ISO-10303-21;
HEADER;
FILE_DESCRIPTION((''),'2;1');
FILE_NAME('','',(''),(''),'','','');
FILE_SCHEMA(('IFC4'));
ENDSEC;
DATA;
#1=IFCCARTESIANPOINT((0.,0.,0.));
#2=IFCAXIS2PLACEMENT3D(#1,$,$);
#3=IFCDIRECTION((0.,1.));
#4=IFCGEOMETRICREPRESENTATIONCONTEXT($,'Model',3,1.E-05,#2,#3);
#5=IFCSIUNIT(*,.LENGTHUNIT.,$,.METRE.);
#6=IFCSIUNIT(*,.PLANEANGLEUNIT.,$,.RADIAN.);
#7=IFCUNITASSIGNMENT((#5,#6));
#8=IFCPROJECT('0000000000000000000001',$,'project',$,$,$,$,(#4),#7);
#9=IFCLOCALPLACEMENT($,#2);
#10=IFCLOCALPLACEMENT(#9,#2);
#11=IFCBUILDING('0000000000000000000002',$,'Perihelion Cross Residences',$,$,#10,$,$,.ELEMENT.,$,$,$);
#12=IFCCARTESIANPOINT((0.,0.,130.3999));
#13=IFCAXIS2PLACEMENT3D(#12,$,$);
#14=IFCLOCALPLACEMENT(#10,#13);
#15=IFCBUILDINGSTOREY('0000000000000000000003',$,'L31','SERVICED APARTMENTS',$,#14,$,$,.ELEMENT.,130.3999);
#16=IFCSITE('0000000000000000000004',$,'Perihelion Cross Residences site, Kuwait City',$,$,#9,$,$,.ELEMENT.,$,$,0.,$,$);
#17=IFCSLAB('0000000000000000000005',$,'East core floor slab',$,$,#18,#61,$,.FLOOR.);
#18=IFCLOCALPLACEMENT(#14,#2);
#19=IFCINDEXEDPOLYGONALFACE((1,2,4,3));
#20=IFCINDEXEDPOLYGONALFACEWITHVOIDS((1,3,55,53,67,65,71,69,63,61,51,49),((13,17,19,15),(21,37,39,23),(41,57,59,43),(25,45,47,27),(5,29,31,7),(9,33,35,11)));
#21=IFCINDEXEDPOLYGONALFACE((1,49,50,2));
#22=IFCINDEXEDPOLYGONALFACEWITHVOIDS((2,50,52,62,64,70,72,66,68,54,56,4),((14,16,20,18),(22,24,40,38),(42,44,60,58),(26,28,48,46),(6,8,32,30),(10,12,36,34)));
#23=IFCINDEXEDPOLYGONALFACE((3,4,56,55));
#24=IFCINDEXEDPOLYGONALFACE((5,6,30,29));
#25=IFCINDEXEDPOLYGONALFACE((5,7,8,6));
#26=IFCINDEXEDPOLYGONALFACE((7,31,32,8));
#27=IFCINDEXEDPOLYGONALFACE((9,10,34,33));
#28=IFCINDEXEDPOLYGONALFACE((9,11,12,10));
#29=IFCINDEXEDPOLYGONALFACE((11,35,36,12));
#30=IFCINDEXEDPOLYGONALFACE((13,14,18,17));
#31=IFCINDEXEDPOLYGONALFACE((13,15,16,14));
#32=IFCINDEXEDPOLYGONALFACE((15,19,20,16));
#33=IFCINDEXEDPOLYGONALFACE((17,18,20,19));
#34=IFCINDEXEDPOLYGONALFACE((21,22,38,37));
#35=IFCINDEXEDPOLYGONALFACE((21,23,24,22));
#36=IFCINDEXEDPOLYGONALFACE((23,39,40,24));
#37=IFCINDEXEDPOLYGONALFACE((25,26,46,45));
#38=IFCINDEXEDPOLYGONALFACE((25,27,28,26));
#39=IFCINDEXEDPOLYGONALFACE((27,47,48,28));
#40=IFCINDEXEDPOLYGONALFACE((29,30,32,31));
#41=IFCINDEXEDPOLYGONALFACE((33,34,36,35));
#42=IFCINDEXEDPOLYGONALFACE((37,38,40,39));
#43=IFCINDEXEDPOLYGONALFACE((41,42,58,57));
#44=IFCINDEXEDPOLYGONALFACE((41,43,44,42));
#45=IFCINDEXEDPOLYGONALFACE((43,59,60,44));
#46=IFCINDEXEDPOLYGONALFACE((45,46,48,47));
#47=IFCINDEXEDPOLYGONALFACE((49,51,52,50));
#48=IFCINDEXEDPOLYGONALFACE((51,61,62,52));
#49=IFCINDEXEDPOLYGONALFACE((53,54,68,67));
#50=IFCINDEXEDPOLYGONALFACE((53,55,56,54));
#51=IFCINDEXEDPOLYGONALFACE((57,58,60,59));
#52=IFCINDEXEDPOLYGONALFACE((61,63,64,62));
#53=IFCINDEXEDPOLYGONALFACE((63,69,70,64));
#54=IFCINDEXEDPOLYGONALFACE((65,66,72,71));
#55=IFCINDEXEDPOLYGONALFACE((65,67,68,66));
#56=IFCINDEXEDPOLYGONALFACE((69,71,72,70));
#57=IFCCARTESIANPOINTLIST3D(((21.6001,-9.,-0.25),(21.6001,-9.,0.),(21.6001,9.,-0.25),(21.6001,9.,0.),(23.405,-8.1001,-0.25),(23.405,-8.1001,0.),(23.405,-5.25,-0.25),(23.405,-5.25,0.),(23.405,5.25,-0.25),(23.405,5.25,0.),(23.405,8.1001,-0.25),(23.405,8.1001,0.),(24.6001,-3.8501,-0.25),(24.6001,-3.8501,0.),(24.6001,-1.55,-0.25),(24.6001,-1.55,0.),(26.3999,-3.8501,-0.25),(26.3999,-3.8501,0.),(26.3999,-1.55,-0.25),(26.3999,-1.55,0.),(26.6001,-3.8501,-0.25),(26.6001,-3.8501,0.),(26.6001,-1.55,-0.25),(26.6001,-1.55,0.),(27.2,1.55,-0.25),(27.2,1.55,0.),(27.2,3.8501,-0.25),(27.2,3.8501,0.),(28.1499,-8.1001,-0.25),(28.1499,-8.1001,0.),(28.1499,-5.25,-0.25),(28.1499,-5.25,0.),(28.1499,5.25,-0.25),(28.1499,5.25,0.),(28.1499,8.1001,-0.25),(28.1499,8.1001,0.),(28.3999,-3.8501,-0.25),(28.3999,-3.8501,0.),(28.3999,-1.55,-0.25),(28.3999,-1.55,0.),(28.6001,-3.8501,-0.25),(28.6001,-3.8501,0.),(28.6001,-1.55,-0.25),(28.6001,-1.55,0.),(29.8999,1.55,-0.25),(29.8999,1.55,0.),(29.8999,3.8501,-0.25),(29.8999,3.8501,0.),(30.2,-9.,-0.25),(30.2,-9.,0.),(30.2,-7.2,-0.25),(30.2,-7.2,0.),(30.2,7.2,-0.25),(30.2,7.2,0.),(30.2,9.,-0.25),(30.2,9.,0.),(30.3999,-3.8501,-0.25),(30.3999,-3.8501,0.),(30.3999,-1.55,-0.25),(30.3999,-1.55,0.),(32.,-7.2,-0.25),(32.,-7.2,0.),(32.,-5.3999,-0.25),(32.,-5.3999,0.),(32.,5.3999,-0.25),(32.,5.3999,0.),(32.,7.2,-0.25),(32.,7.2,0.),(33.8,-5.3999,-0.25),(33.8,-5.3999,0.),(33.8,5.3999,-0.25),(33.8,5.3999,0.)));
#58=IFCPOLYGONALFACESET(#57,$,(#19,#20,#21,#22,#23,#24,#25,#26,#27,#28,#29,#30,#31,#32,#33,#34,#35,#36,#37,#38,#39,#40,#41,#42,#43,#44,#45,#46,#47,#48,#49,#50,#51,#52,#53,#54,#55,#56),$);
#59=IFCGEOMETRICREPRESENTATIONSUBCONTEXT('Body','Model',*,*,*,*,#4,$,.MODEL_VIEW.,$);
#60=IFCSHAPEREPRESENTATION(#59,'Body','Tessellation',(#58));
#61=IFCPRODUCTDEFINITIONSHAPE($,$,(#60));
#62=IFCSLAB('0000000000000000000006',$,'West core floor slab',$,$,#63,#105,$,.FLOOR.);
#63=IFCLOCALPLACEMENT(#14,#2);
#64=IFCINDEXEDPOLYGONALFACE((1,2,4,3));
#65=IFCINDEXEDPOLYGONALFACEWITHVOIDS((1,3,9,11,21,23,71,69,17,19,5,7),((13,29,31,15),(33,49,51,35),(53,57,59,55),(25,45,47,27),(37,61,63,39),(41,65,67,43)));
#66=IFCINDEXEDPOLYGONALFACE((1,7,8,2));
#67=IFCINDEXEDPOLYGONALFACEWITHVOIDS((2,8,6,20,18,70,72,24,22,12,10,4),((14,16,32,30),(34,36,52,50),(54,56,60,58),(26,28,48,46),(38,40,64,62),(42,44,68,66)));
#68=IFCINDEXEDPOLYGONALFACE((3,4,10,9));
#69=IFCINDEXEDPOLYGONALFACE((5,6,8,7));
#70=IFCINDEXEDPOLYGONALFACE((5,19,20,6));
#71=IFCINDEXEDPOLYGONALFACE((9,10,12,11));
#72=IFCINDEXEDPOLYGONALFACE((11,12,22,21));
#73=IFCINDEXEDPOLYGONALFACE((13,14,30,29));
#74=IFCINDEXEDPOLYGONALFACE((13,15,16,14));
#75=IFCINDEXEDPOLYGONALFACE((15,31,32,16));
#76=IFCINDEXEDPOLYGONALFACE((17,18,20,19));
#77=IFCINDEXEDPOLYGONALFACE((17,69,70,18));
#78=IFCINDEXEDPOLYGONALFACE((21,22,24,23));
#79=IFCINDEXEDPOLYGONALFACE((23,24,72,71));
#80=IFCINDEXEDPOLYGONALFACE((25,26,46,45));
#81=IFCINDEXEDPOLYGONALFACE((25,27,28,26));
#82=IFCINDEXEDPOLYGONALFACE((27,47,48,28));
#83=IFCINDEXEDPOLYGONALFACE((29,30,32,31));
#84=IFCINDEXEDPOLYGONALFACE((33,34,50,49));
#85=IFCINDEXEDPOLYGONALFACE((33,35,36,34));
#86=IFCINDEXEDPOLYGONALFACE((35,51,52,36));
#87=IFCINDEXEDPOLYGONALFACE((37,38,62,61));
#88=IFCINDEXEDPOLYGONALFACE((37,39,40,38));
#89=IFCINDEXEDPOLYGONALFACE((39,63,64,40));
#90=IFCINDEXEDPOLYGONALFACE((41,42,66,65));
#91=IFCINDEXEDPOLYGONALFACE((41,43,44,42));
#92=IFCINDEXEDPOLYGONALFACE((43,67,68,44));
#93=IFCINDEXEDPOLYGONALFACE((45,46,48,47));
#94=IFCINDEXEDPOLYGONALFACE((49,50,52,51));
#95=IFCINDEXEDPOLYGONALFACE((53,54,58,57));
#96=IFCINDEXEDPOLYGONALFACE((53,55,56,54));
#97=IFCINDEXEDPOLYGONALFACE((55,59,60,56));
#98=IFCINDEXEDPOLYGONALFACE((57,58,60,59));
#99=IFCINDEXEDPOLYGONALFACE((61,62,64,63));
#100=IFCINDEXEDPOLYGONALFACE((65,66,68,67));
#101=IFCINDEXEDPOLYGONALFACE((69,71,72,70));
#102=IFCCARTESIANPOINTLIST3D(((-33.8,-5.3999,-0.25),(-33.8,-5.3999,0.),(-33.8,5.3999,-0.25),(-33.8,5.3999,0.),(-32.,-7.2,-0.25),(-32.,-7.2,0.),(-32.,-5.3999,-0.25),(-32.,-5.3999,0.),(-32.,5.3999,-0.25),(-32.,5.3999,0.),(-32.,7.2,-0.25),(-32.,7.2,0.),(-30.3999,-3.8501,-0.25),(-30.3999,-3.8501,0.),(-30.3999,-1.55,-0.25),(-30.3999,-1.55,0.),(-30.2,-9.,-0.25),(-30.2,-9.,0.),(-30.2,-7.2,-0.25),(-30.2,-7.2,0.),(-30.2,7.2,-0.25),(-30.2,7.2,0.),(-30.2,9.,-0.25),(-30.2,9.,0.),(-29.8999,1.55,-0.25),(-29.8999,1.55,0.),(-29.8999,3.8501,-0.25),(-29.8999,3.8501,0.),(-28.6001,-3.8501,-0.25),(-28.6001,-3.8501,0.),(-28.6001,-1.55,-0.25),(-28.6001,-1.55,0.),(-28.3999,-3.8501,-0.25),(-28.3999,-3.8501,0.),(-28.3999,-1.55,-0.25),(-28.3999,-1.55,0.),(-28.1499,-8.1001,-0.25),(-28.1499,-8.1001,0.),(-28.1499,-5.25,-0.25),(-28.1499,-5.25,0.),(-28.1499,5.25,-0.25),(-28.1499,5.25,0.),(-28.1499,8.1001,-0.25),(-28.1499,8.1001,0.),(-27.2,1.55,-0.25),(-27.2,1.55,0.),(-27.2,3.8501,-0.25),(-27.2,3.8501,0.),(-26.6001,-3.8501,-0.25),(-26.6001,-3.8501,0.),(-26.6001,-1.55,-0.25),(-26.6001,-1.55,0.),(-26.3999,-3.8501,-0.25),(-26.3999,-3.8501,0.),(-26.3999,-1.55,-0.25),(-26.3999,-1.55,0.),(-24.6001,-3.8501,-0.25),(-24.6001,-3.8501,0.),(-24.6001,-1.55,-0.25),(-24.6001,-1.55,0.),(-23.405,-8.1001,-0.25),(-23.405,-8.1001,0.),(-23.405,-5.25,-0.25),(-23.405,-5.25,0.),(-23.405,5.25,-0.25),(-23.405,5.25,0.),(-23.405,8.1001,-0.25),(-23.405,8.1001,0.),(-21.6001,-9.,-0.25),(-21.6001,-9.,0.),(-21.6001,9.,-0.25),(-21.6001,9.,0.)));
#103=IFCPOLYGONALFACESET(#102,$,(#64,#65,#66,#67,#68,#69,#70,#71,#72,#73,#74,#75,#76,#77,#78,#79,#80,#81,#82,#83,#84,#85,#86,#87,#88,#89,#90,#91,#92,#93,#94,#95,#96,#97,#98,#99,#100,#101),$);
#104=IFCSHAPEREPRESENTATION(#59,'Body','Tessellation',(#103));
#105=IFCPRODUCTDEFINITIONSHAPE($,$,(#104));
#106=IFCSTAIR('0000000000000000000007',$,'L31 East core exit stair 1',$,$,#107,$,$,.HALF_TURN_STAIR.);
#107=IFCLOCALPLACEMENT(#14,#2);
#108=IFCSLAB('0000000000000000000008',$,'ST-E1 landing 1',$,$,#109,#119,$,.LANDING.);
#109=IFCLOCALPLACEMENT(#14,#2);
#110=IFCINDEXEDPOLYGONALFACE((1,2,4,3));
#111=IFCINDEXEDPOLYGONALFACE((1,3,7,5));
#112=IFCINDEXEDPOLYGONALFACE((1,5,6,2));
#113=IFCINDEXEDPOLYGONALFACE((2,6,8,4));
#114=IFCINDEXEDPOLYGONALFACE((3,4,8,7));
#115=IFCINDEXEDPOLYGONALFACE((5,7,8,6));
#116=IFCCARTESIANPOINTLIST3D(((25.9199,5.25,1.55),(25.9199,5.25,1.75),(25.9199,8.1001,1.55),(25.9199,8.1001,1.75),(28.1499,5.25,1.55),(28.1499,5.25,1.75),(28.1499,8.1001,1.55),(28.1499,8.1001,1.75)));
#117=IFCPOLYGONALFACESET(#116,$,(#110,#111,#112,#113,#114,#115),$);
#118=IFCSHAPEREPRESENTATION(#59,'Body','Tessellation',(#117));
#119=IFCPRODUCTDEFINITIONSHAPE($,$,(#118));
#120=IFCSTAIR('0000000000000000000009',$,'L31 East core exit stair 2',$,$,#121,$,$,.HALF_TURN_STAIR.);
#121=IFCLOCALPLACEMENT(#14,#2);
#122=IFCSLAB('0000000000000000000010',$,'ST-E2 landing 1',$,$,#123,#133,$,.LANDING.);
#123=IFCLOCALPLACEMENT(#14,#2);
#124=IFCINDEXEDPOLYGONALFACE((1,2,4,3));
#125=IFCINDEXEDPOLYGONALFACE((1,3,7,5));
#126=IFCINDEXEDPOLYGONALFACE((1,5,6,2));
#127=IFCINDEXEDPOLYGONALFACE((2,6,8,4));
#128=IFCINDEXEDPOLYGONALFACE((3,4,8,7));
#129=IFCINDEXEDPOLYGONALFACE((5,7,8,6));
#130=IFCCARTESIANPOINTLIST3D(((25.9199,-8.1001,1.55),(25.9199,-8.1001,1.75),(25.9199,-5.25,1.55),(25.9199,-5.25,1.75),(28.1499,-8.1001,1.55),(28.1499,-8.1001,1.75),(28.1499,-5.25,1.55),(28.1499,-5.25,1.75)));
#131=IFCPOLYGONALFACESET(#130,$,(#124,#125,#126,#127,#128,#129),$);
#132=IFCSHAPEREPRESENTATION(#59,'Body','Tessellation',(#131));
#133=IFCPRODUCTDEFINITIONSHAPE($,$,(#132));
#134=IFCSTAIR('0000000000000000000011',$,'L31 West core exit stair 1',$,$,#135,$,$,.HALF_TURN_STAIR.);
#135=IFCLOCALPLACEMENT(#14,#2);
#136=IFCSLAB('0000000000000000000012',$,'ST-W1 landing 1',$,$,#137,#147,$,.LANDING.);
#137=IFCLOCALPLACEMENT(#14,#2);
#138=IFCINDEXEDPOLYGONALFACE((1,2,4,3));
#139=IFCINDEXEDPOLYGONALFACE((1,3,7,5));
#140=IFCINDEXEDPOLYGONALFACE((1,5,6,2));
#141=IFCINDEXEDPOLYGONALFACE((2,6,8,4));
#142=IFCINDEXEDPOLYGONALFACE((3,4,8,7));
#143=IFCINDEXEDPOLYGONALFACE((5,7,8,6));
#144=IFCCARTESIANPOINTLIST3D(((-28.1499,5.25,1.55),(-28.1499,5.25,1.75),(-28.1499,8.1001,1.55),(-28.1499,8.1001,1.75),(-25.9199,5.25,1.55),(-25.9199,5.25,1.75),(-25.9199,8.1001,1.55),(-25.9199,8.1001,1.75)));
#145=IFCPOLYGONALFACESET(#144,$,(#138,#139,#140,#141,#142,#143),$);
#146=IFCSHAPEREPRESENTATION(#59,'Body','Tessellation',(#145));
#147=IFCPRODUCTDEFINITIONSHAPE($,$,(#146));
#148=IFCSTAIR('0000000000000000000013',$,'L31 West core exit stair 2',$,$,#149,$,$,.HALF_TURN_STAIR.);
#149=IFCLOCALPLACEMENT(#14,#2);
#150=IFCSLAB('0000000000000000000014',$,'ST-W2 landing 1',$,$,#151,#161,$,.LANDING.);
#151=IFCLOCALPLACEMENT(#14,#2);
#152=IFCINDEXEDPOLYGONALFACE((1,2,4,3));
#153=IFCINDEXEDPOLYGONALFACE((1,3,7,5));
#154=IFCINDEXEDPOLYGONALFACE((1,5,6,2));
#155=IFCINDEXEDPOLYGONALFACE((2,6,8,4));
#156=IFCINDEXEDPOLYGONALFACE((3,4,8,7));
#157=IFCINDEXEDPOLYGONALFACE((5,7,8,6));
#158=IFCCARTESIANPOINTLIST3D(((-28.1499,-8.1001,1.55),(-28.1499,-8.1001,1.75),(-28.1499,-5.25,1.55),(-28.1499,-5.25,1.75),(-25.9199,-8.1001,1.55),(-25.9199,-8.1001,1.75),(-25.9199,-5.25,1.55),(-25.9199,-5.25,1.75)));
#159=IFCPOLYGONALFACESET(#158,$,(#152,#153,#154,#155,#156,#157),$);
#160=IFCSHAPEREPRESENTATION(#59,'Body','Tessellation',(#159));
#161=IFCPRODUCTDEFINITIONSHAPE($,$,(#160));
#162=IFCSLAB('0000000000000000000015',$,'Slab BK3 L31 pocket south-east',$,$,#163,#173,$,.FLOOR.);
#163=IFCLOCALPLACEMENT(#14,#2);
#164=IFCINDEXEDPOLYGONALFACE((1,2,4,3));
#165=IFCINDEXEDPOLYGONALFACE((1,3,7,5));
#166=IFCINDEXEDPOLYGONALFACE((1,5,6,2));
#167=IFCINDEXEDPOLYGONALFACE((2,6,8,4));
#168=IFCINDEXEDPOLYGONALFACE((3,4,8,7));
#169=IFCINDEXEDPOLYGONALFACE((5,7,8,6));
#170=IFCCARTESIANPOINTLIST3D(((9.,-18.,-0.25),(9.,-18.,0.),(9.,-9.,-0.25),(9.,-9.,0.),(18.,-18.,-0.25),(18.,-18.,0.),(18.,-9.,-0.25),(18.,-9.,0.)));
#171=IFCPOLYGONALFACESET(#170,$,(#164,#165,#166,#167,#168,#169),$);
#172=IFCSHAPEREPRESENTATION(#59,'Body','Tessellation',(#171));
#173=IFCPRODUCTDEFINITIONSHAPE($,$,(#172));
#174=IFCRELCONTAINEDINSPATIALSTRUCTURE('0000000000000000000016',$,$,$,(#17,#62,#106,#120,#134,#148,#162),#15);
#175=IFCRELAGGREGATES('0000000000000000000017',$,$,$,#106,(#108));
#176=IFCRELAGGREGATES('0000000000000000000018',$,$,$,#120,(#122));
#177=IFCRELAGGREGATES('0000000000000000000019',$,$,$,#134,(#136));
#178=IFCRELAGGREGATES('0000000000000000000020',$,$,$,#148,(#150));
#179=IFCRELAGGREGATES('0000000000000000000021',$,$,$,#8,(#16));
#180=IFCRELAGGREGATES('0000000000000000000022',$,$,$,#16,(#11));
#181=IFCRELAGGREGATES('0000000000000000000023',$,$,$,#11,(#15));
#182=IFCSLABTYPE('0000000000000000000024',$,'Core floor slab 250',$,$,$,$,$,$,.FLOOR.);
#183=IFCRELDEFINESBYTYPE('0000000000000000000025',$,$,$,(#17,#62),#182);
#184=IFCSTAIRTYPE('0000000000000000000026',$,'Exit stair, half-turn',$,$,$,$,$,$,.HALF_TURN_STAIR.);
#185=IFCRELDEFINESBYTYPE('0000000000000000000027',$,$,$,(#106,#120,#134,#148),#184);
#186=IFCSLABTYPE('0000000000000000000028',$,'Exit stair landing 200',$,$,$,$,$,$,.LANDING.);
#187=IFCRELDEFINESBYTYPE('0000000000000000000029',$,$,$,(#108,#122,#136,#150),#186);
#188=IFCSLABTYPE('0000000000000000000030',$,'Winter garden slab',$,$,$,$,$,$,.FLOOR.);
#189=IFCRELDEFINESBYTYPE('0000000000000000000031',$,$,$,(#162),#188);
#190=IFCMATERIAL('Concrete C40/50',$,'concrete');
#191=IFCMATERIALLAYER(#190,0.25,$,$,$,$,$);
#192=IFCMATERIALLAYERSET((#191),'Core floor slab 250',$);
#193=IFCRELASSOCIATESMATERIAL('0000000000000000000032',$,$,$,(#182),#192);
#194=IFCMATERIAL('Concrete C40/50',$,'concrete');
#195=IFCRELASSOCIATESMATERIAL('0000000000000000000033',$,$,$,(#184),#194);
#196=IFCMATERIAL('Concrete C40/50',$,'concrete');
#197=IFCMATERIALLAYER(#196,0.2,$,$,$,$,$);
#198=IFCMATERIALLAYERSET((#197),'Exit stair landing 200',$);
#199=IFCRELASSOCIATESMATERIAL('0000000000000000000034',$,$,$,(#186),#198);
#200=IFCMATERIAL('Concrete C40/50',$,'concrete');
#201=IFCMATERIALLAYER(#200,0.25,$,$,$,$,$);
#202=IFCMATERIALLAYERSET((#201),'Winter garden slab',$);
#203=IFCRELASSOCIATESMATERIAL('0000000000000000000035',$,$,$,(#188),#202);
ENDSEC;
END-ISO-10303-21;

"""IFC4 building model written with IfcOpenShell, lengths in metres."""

from ifc_helpers import new_model, si_unit, direction, frame, origin, place, context, subcontext, project, spatial, polyline, outline, extrude, material, layer, layer_set, type_object, element, aggregate, save


model = new_model("IFC4")

# Units and contexts
model_context = context("Model", 3, precision=1e-05, world=origin(), true_north=direction((0.0, 1.0)))
body_context = subcontext(model_context, "Body", "Model", "MODEL_VIEW")
ifc_project = project(units=[si_unit("LENGTHUNIT", "METRE"), si_unit("PLANEANGLEUNIT", "RADIAN")], contexts=[model_context])

# Site, building, storey
site_placement = place(None, origin())
site = spatial("IfcSite", under=ifc_project, at=site_placement, Name="Perihelion Cross Residences site, Kuwait City", CompositionType="ELEMENT", RefElevation=0.0)
building_placement = place(site_placement, origin())
building = spatial("IfcBuilding", under=site, at=building_placement, Name="Perihelion Cross Residences", CompositionType="ELEMENT")
storey_placement = place(building_placement, frame((0.0, 0.0, 130.3999)))
storey = spatial("IfcBuildingStorey", under=building, at=storey_placement, Name="L31", Description="SERVICED APARTMENTS", CompositionType="ELEMENT", Elevation=130.3999)

# Slabs
ifc_material_1 = material(Name="Concrete C40/50", Category="concrete")
ifc_layer_1 = layer(ifc_material_1, 0.25)
ifc_layer_set_1 = layer_set([ifc_layer_1], Name="Core floor slab 250")
slab_type_1 = type_object("IfcSlabType", Name="Core floor slab 250", PredefinedType="FLOOR", material=ifc_layer_set_1)
slab_1_placement = place(storey_placement, frame((0.0, 0.0, -0.25)))
element("IfcSlab", 1, at=slab_1_placement, inside=storey, type_object=slab_type_1, Name="East core floor slab", PredefinedType="FLOOR", context=body_context, shape_type="SweptSolid", body=[
    extrude(outline(polyline([(30.2, 7.2), (32.0, 7.2), (32.0, 5.3999), (33.8, 5.3999), (33.8, -5.3999), (32.0, -5.3999), (32.0, -7.2), (30.2, -7.2), (30.2, -9.0), (21.6001, -9.0), (21.6001, 9.0), (30.2, 9.0), (30.2, 7.2)]), holes=[polyline([(28.1499, -8.1001), (28.1499, -5.25), (23.405, -5.25), (23.405, -8.1001), (28.1499, -8.1001)]), polyline([(24.6001, -1.55), (24.6001, -3.8501), (26.3999, -3.8501), (26.3999, -1.55), (24.6001, -1.55)]), polyline([(26.6001, -1.55), (26.6001, -3.8501), (28.3999, -3.8501), (28.3999, -1.55), (26.6001, -1.55)]), polyline([(28.6001, -3.8501), (30.3999, -3.8501), (30.3999, -1.55), (28.6001, -1.55), (28.6001, -3.8501)]), polyline([(27.2, 3.8501), (27.2, 1.55), (29.8999, 1.55), (29.8999, 3.8501), (27.2, 3.8501)]), polyline([(23.405, 5.25), (28.1499, 5.25), (28.1499, 8.1001), (23.405, 8.1001), (23.405, 5.25)])]), origin(), (0.0, 0.0, 1.0), 0.25),
])
slab_2_placement = place(storey_placement, frame((0.0, 0.0, -0.25)))
element("IfcSlab", 2, at=slab_2_placement, inside=storey, type_object=slab_type_1, Name="West core floor slab", PredefinedType="FLOOR", context=body_context, shape_type="SweptSolid", body=[
    extrude(outline(polyline([(-30.2, 7.2), (-32.0, 7.2), (-32.0, 5.3999), (-33.8, 5.3999), (-33.8, -5.3999), (-32.0, -5.3999), (-32.0, -7.2), (-30.2, -7.2), (-30.2, -9.0), (-21.6001, -9.0), (-21.6001, 9.0), (-30.2, 9.0), (-30.2, 7.2)]), holes=[polyline([(-28.1499, -8.1001), (-28.1499, -5.25), (-23.405, -5.25), (-23.405, -8.1001), (-28.1499, -8.1001)]), polyline([(-24.6001, -1.55), (-24.6001, -3.8501), (-26.3999, -3.8501), (-26.3999, -1.55), (-24.6001, -1.55)]), polyline([(-26.6001, -1.55), (-26.6001, -3.8501), (-28.3999, -3.8501), (-28.3999, -1.55), (-26.6001, -1.55)]), polyline([(-28.6001, -3.8501), (-30.3999, -3.8501), (-30.3999, -1.55), (-28.6001, -1.55), (-28.6001, -3.8501)]), polyline([(-27.2, 3.8501), (-27.2, 1.55), (-29.8999, 1.55), (-29.8999, 3.8501), (-27.2, 3.8501)]), polyline([(-23.405, 5.25), (-28.1499, 5.25), (-28.1499, 8.1001), (-23.405, 8.1001), (-23.405, 5.25)])]), origin(), (0.0, 0.0, 1.0), 0.25),
])

# Stairs, slabs
ifc_material_2 = material(Name="Concrete C40/50", Category="concrete")
stair_type = type_object("IfcStairType", Name="Exit stair, half-turn", PredefinedType="HALF_TURN_STAIR", material=ifc_material_2)
stair_1_placement = place(storey_placement, origin())
stair_1 = element("IfcStair", 3, at=stair_1_placement, inside=storey, type_object=stair_type, Name="L31 East core exit stair 1", PredefinedType="HALF_TURN_STAIR")
ifc_material_3 = material(Name="Concrete C40/50", Category="concrete")
ifc_layer_2 = layer(ifc_material_3, 0.2)
ifc_layer_set_2 = layer_set([ifc_layer_2], Name="Exit stair landing 200")
slab_type_2 = type_object("IfcSlabType", Name="Exit stair landing 200", PredefinedType="LANDING", material=ifc_layer_set_2)
slab_3_placement = place(storey_placement, frame((0.0, 0.0, 1.55)))
slab_3 = element("IfcSlab", 4, at=slab_3_placement, type_object=slab_type_2, Name="ST-E1 landing 1", PredefinedType="LANDING", context=body_context, shape_type="SweptSolid", body=[
    extrude(outline(polyline([(25.9199, 5.25), (28.1499, 5.25), (28.1499, 8.1001), (25.9199, 8.1001), (25.9199, 5.25)])), origin(), (0.0, 0.0, 1.0), 0.2),
])
aggregate(stair_1, [slab_3])
stair_2_placement = place(storey_placement, origin())
stair_2 = element("IfcStair", 5, at=stair_2_placement, inside=storey, type_object=stair_type, Name="L31 East core exit stair 2", PredefinedType="HALF_TURN_STAIR")
slab_4_placement = place(storey_placement, frame((0.0, 0.0, 1.55)))
slab_4 = element("IfcSlab", 6, at=slab_4_placement, type_object=slab_type_2, Name="ST-E2 landing 1", PredefinedType="LANDING", context=body_context, shape_type="SweptSolid", body=[
    extrude(outline(polyline([(25.9199, -8.1001), (28.1499, -8.1001), (28.1499, -5.25), (25.9199, -5.25), (25.9199, -8.1001)])), origin(), (0.0, 0.0, 1.0), 0.2),
])
aggregate(stair_2, [slab_4])
stair_3_placement = place(storey_placement, origin())
stair_3 = element("IfcStair", 7, at=stair_3_placement, inside=storey, type_object=stair_type, Name="L31 West core exit stair 1", PredefinedType="HALF_TURN_STAIR")
slab_5_placement = place(storey_placement, frame((0.0, 0.0, 1.55)))
slab_5 = element("IfcSlab", 8, at=slab_5_placement, type_object=slab_type_2, Name="ST-W1 landing 1", PredefinedType="LANDING", context=body_context, shape_type="SweptSolid", body=[
    extrude(outline(polyline([(-25.9199, 8.1001), (-28.1499, 8.1001), (-28.1499, 5.25), (-25.9199, 5.25), (-25.9199, 8.1001)])), origin(), (0.0, 0.0, 1.0), 0.2),
])
aggregate(stair_3, [slab_5])
stair_4_placement = place(storey_placement, origin())
stair_4 = element("IfcStair", 9, at=stair_4_placement, inside=storey, type_object=stair_type, Name="L31 West core exit stair 2", PredefinedType="HALF_TURN_STAIR")
slab_6_placement = place(storey_placement, frame((0.0, 0.0, 1.55)))
slab_6 = element("IfcSlab", 10, at=slab_6_placement, type_object=slab_type_2, Name="ST-W2 landing 1", PredefinedType="LANDING", context=body_context, shape_type="SweptSolid", body=[
    extrude(outline(polyline([(-25.9199, -5.25), (-28.1499, -5.25), (-28.1499, -8.1001), (-25.9199, -8.1001), (-25.9199, -5.25)])), origin(), (0.0, 0.0, 1.0), 0.2),
])
aggregate(stair_4, [slab_6])

# Slab
ifc_material_4 = material(Name="Concrete C40/50", Category="concrete")
ifc_layer_3 = layer(ifc_material_4, 0.25)
ifc_layer_set_3 = layer_set([ifc_layer_3], Name="Winter garden slab")
slab_type_3 = type_object("IfcSlabType", Name="Winter garden slab", PredefinedType="FLOOR", material=ifc_layer_set_3)
slab_7_placement = place(storey_placement, frame((0.0, 0.0, -0.25)))
element("IfcSlab", 11, at=slab_7_placement, inside=storey, type_object=slab_type_3, Name="Slab BK3 L31 pocket south-east", PredefinedType="FLOOR", context=body_context, shape_type="SweptSolid", body=[
    extrude(outline(polyline([(18.0, -18.0), (18.0, -9.0), (9.0, -9.0), (9.0, -18.0), (18.0, -18.0)])), origin(), (0.0, 0.0, 1.0), 0.25),
])

save(model, "model.ifc")
